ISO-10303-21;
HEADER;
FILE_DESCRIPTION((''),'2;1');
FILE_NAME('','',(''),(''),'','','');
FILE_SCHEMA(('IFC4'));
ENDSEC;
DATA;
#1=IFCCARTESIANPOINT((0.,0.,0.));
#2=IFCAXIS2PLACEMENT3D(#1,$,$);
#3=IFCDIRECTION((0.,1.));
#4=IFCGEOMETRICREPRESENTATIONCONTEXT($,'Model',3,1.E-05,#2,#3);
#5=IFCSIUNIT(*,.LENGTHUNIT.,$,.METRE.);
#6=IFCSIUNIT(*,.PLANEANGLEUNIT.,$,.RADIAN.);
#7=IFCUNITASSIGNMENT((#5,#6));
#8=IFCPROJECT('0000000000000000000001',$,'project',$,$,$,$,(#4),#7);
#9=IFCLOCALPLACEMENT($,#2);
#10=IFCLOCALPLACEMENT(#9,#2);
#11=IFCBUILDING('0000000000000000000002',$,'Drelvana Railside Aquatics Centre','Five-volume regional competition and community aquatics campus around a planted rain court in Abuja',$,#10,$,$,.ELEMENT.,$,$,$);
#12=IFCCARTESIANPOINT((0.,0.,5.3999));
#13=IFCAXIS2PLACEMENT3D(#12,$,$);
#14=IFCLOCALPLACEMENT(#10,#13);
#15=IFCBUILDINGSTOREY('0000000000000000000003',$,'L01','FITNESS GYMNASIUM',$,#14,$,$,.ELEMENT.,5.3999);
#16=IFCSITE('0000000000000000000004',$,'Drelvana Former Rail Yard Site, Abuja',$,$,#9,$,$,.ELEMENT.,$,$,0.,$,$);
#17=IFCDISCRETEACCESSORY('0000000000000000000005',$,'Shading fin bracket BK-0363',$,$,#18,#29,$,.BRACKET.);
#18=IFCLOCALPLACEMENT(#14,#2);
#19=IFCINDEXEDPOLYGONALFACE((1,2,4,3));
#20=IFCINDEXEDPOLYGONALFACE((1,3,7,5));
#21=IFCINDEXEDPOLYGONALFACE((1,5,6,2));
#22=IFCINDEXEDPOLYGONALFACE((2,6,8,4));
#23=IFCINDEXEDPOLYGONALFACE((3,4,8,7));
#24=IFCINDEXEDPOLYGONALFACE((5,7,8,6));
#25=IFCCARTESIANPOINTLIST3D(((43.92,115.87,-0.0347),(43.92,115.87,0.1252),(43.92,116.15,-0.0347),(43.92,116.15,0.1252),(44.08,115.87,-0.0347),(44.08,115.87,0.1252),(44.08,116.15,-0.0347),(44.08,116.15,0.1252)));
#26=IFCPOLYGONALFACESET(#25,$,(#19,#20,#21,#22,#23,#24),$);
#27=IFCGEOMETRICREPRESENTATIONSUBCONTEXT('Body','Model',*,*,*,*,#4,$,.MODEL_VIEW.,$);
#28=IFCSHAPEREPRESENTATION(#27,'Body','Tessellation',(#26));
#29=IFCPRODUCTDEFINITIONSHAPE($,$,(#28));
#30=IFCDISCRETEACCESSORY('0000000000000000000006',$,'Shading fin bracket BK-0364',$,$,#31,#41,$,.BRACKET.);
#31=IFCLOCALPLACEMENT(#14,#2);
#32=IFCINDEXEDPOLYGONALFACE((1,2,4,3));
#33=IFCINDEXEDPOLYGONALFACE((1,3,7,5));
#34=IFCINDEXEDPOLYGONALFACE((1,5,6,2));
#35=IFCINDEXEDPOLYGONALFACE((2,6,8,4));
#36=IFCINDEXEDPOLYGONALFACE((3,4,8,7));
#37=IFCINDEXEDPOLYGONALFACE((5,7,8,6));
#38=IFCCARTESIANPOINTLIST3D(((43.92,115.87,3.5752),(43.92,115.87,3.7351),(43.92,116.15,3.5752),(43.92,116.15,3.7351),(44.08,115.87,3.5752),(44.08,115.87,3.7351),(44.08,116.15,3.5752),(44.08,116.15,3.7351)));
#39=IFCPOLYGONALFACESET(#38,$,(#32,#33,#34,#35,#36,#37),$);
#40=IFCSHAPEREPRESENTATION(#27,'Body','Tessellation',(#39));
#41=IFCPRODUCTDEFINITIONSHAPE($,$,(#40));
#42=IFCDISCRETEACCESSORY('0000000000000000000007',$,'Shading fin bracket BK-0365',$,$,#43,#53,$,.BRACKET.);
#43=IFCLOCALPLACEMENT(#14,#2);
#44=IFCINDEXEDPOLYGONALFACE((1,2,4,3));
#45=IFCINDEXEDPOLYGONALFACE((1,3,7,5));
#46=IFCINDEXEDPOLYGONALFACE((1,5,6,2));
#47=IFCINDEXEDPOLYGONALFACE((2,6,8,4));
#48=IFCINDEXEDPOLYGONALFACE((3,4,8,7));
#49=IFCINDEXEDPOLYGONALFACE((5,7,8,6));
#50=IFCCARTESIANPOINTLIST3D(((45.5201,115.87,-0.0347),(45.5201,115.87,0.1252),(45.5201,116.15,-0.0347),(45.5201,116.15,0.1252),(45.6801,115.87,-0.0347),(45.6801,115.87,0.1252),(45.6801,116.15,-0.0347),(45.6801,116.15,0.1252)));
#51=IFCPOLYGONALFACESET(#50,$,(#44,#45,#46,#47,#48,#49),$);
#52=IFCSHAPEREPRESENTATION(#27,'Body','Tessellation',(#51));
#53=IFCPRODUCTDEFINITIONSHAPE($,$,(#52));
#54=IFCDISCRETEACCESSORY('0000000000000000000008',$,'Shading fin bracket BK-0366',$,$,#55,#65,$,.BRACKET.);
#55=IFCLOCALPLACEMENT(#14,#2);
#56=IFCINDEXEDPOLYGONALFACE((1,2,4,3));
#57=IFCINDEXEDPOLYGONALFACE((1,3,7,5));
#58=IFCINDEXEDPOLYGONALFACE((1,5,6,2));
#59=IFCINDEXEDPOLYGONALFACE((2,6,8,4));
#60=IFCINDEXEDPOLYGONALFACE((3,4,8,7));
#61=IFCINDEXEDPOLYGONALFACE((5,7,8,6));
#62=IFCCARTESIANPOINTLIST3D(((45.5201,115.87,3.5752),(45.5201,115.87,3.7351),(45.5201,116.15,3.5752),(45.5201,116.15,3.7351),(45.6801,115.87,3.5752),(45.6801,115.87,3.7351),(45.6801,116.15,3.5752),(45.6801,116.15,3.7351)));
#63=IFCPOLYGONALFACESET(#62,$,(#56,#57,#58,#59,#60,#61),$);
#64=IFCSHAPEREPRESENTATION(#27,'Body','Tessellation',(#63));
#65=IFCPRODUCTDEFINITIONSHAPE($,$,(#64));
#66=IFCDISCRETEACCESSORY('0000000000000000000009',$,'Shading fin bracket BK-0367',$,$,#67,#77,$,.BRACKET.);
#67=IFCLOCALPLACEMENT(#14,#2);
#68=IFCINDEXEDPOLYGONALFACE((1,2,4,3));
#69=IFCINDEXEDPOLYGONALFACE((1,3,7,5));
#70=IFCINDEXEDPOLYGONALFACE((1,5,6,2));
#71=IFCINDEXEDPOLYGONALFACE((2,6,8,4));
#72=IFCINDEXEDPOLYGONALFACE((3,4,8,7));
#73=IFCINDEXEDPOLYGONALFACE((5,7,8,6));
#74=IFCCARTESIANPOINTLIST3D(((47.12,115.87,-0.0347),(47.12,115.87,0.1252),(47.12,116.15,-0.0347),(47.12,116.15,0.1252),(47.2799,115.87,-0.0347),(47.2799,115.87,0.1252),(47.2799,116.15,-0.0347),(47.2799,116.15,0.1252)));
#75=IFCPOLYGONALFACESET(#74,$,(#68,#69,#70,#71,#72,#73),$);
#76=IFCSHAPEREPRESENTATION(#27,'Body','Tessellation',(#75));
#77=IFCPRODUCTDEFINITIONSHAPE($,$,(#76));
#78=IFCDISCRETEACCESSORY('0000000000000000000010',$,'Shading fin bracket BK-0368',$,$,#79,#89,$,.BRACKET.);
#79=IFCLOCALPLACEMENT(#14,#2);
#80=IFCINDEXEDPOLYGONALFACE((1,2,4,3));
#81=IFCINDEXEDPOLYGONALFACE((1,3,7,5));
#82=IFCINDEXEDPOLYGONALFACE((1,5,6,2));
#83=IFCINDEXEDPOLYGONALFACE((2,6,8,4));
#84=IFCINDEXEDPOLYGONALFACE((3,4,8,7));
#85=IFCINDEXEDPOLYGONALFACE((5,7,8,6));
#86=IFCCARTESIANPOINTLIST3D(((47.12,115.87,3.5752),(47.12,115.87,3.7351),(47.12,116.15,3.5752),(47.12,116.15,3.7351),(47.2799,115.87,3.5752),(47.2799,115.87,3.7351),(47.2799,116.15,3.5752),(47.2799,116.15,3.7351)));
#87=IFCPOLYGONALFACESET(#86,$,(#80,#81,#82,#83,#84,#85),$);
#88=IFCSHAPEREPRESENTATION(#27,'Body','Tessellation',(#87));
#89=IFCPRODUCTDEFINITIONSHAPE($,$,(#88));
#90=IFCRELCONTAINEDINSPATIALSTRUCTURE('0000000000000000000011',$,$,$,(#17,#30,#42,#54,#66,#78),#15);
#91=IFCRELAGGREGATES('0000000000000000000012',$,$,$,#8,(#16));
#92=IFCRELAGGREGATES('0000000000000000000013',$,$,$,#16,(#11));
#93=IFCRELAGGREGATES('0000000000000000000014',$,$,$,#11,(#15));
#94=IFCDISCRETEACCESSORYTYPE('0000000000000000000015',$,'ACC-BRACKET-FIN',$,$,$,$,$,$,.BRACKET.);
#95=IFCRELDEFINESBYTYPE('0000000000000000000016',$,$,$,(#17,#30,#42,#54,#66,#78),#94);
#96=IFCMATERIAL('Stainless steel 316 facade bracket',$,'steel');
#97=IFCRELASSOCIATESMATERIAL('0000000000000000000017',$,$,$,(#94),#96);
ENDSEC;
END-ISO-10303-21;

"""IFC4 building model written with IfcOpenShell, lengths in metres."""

from ifc_helpers import new_model, si_unit, direction, frame, origin, origin_2d, place, context, subcontext, project, spatial, rectangle, extrude, material, type_object, element, save


model = new_model("IFC4")

# Units and contexts
model_context = context("Model", 3, precision=1e-05, world=origin(), true_north=direction((0.0, 1.0)))
body_context = subcontext(model_context, "Body", "Model", "MODEL_VIEW")
ifc_project = project(units=[si_unit("LENGTHUNIT", "METRE"), si_unit("PLANEANGLEUNIT", "RADIAN")], contexts=[model_context])

# Site, building, storey
site_placement = place(None, origin())
site = spatial("IfcSite", under=ifc_project, at=site_placement, Name="Drelvana Former Rail Yard Site, Abuja", CompositionType="ELEMENT", RefElevation=0.0)
building_placement = place(site_placement, origin())
building = spatial("IfcBuilding", under=site, at=building_placement, Name="Drelvana Railside Aquatics Centre", Description="Five-volume regional competition and community aquatics campus around a planted rain court in Abuja", CompositionType="ELEMENT")
storey_placement = place(building_placement, frame((0.0, 0.0, 5.3999)))
storey = spatial("IfcBuildingStorey", under=building, at=storey_placement, Name="L01", Description="FITNESS GYMNASIUM", CompositionType="ELEMENT", Elevation=5.3999)

# Discrete accessories
ifc_material_1 = material(Name="Stainless steel 316 facade bracket", Category="steel")
discrete_accessory_type = type_object("IfcDiscreteAccessoryType", Name="ACC-BRACKET-FIN", PredefinedType="BRACKET", material=ifc_material_1)
for number, where, z_axis, x_axis, name in (
    (1, (44.0, 116.01, -0.0347), (0.0, 0.0, 1.0), (0.0, 1.0, 0.0), "Shading fin bracket BK-0363"),
    (2, (44.0, 116.01, 3.5752), (0.0, 0.0, 1.0), (0.0, 1.0, 0.0), "Shading fin bracket BK-0364"),
    (3, (45.6001, 116.01, -0.0347), (0.0, 0.0, 1.0), (0.0, 1.0, 0.0), "Shading fin bracket BK-0365"),
    (4, (45.6001, 116.01, 3.5752), (0.0, 0.0, 1.0), (0.0, 1.0, 0.0), "Shading fin bracket BK-0366"),
    (5, (47.2, 116.01, -0.0347), (0.0, 0.0, 1.0), (0.0, 1.0, 0.0), "Shading fin bracket BK-0367"),
    (6, (47.2, 116.01, 3.5752), (0.0, 0.0, 1.0), (0.0, 1.0, 0.0), "Shading fin bracket BK-0368"),
):
    element("IfcDiscreteAccessory", number, at=place(storey_placement, frame(where, z_axis=z_axis, x_axis=x_axis)), inside=storey, type_object=discrete_accessory_type, Name=name, PredefinedType="BRACKET", context=body_context, shape_type="SweptSolid", body=[
        extrude(rectangle(XDim=0.28, YDim=0.1599, at=origin_2d()), origin(), (0.0, 0.0, 1.0), 0.1599),
    ])

save(model, "model.ifc")
